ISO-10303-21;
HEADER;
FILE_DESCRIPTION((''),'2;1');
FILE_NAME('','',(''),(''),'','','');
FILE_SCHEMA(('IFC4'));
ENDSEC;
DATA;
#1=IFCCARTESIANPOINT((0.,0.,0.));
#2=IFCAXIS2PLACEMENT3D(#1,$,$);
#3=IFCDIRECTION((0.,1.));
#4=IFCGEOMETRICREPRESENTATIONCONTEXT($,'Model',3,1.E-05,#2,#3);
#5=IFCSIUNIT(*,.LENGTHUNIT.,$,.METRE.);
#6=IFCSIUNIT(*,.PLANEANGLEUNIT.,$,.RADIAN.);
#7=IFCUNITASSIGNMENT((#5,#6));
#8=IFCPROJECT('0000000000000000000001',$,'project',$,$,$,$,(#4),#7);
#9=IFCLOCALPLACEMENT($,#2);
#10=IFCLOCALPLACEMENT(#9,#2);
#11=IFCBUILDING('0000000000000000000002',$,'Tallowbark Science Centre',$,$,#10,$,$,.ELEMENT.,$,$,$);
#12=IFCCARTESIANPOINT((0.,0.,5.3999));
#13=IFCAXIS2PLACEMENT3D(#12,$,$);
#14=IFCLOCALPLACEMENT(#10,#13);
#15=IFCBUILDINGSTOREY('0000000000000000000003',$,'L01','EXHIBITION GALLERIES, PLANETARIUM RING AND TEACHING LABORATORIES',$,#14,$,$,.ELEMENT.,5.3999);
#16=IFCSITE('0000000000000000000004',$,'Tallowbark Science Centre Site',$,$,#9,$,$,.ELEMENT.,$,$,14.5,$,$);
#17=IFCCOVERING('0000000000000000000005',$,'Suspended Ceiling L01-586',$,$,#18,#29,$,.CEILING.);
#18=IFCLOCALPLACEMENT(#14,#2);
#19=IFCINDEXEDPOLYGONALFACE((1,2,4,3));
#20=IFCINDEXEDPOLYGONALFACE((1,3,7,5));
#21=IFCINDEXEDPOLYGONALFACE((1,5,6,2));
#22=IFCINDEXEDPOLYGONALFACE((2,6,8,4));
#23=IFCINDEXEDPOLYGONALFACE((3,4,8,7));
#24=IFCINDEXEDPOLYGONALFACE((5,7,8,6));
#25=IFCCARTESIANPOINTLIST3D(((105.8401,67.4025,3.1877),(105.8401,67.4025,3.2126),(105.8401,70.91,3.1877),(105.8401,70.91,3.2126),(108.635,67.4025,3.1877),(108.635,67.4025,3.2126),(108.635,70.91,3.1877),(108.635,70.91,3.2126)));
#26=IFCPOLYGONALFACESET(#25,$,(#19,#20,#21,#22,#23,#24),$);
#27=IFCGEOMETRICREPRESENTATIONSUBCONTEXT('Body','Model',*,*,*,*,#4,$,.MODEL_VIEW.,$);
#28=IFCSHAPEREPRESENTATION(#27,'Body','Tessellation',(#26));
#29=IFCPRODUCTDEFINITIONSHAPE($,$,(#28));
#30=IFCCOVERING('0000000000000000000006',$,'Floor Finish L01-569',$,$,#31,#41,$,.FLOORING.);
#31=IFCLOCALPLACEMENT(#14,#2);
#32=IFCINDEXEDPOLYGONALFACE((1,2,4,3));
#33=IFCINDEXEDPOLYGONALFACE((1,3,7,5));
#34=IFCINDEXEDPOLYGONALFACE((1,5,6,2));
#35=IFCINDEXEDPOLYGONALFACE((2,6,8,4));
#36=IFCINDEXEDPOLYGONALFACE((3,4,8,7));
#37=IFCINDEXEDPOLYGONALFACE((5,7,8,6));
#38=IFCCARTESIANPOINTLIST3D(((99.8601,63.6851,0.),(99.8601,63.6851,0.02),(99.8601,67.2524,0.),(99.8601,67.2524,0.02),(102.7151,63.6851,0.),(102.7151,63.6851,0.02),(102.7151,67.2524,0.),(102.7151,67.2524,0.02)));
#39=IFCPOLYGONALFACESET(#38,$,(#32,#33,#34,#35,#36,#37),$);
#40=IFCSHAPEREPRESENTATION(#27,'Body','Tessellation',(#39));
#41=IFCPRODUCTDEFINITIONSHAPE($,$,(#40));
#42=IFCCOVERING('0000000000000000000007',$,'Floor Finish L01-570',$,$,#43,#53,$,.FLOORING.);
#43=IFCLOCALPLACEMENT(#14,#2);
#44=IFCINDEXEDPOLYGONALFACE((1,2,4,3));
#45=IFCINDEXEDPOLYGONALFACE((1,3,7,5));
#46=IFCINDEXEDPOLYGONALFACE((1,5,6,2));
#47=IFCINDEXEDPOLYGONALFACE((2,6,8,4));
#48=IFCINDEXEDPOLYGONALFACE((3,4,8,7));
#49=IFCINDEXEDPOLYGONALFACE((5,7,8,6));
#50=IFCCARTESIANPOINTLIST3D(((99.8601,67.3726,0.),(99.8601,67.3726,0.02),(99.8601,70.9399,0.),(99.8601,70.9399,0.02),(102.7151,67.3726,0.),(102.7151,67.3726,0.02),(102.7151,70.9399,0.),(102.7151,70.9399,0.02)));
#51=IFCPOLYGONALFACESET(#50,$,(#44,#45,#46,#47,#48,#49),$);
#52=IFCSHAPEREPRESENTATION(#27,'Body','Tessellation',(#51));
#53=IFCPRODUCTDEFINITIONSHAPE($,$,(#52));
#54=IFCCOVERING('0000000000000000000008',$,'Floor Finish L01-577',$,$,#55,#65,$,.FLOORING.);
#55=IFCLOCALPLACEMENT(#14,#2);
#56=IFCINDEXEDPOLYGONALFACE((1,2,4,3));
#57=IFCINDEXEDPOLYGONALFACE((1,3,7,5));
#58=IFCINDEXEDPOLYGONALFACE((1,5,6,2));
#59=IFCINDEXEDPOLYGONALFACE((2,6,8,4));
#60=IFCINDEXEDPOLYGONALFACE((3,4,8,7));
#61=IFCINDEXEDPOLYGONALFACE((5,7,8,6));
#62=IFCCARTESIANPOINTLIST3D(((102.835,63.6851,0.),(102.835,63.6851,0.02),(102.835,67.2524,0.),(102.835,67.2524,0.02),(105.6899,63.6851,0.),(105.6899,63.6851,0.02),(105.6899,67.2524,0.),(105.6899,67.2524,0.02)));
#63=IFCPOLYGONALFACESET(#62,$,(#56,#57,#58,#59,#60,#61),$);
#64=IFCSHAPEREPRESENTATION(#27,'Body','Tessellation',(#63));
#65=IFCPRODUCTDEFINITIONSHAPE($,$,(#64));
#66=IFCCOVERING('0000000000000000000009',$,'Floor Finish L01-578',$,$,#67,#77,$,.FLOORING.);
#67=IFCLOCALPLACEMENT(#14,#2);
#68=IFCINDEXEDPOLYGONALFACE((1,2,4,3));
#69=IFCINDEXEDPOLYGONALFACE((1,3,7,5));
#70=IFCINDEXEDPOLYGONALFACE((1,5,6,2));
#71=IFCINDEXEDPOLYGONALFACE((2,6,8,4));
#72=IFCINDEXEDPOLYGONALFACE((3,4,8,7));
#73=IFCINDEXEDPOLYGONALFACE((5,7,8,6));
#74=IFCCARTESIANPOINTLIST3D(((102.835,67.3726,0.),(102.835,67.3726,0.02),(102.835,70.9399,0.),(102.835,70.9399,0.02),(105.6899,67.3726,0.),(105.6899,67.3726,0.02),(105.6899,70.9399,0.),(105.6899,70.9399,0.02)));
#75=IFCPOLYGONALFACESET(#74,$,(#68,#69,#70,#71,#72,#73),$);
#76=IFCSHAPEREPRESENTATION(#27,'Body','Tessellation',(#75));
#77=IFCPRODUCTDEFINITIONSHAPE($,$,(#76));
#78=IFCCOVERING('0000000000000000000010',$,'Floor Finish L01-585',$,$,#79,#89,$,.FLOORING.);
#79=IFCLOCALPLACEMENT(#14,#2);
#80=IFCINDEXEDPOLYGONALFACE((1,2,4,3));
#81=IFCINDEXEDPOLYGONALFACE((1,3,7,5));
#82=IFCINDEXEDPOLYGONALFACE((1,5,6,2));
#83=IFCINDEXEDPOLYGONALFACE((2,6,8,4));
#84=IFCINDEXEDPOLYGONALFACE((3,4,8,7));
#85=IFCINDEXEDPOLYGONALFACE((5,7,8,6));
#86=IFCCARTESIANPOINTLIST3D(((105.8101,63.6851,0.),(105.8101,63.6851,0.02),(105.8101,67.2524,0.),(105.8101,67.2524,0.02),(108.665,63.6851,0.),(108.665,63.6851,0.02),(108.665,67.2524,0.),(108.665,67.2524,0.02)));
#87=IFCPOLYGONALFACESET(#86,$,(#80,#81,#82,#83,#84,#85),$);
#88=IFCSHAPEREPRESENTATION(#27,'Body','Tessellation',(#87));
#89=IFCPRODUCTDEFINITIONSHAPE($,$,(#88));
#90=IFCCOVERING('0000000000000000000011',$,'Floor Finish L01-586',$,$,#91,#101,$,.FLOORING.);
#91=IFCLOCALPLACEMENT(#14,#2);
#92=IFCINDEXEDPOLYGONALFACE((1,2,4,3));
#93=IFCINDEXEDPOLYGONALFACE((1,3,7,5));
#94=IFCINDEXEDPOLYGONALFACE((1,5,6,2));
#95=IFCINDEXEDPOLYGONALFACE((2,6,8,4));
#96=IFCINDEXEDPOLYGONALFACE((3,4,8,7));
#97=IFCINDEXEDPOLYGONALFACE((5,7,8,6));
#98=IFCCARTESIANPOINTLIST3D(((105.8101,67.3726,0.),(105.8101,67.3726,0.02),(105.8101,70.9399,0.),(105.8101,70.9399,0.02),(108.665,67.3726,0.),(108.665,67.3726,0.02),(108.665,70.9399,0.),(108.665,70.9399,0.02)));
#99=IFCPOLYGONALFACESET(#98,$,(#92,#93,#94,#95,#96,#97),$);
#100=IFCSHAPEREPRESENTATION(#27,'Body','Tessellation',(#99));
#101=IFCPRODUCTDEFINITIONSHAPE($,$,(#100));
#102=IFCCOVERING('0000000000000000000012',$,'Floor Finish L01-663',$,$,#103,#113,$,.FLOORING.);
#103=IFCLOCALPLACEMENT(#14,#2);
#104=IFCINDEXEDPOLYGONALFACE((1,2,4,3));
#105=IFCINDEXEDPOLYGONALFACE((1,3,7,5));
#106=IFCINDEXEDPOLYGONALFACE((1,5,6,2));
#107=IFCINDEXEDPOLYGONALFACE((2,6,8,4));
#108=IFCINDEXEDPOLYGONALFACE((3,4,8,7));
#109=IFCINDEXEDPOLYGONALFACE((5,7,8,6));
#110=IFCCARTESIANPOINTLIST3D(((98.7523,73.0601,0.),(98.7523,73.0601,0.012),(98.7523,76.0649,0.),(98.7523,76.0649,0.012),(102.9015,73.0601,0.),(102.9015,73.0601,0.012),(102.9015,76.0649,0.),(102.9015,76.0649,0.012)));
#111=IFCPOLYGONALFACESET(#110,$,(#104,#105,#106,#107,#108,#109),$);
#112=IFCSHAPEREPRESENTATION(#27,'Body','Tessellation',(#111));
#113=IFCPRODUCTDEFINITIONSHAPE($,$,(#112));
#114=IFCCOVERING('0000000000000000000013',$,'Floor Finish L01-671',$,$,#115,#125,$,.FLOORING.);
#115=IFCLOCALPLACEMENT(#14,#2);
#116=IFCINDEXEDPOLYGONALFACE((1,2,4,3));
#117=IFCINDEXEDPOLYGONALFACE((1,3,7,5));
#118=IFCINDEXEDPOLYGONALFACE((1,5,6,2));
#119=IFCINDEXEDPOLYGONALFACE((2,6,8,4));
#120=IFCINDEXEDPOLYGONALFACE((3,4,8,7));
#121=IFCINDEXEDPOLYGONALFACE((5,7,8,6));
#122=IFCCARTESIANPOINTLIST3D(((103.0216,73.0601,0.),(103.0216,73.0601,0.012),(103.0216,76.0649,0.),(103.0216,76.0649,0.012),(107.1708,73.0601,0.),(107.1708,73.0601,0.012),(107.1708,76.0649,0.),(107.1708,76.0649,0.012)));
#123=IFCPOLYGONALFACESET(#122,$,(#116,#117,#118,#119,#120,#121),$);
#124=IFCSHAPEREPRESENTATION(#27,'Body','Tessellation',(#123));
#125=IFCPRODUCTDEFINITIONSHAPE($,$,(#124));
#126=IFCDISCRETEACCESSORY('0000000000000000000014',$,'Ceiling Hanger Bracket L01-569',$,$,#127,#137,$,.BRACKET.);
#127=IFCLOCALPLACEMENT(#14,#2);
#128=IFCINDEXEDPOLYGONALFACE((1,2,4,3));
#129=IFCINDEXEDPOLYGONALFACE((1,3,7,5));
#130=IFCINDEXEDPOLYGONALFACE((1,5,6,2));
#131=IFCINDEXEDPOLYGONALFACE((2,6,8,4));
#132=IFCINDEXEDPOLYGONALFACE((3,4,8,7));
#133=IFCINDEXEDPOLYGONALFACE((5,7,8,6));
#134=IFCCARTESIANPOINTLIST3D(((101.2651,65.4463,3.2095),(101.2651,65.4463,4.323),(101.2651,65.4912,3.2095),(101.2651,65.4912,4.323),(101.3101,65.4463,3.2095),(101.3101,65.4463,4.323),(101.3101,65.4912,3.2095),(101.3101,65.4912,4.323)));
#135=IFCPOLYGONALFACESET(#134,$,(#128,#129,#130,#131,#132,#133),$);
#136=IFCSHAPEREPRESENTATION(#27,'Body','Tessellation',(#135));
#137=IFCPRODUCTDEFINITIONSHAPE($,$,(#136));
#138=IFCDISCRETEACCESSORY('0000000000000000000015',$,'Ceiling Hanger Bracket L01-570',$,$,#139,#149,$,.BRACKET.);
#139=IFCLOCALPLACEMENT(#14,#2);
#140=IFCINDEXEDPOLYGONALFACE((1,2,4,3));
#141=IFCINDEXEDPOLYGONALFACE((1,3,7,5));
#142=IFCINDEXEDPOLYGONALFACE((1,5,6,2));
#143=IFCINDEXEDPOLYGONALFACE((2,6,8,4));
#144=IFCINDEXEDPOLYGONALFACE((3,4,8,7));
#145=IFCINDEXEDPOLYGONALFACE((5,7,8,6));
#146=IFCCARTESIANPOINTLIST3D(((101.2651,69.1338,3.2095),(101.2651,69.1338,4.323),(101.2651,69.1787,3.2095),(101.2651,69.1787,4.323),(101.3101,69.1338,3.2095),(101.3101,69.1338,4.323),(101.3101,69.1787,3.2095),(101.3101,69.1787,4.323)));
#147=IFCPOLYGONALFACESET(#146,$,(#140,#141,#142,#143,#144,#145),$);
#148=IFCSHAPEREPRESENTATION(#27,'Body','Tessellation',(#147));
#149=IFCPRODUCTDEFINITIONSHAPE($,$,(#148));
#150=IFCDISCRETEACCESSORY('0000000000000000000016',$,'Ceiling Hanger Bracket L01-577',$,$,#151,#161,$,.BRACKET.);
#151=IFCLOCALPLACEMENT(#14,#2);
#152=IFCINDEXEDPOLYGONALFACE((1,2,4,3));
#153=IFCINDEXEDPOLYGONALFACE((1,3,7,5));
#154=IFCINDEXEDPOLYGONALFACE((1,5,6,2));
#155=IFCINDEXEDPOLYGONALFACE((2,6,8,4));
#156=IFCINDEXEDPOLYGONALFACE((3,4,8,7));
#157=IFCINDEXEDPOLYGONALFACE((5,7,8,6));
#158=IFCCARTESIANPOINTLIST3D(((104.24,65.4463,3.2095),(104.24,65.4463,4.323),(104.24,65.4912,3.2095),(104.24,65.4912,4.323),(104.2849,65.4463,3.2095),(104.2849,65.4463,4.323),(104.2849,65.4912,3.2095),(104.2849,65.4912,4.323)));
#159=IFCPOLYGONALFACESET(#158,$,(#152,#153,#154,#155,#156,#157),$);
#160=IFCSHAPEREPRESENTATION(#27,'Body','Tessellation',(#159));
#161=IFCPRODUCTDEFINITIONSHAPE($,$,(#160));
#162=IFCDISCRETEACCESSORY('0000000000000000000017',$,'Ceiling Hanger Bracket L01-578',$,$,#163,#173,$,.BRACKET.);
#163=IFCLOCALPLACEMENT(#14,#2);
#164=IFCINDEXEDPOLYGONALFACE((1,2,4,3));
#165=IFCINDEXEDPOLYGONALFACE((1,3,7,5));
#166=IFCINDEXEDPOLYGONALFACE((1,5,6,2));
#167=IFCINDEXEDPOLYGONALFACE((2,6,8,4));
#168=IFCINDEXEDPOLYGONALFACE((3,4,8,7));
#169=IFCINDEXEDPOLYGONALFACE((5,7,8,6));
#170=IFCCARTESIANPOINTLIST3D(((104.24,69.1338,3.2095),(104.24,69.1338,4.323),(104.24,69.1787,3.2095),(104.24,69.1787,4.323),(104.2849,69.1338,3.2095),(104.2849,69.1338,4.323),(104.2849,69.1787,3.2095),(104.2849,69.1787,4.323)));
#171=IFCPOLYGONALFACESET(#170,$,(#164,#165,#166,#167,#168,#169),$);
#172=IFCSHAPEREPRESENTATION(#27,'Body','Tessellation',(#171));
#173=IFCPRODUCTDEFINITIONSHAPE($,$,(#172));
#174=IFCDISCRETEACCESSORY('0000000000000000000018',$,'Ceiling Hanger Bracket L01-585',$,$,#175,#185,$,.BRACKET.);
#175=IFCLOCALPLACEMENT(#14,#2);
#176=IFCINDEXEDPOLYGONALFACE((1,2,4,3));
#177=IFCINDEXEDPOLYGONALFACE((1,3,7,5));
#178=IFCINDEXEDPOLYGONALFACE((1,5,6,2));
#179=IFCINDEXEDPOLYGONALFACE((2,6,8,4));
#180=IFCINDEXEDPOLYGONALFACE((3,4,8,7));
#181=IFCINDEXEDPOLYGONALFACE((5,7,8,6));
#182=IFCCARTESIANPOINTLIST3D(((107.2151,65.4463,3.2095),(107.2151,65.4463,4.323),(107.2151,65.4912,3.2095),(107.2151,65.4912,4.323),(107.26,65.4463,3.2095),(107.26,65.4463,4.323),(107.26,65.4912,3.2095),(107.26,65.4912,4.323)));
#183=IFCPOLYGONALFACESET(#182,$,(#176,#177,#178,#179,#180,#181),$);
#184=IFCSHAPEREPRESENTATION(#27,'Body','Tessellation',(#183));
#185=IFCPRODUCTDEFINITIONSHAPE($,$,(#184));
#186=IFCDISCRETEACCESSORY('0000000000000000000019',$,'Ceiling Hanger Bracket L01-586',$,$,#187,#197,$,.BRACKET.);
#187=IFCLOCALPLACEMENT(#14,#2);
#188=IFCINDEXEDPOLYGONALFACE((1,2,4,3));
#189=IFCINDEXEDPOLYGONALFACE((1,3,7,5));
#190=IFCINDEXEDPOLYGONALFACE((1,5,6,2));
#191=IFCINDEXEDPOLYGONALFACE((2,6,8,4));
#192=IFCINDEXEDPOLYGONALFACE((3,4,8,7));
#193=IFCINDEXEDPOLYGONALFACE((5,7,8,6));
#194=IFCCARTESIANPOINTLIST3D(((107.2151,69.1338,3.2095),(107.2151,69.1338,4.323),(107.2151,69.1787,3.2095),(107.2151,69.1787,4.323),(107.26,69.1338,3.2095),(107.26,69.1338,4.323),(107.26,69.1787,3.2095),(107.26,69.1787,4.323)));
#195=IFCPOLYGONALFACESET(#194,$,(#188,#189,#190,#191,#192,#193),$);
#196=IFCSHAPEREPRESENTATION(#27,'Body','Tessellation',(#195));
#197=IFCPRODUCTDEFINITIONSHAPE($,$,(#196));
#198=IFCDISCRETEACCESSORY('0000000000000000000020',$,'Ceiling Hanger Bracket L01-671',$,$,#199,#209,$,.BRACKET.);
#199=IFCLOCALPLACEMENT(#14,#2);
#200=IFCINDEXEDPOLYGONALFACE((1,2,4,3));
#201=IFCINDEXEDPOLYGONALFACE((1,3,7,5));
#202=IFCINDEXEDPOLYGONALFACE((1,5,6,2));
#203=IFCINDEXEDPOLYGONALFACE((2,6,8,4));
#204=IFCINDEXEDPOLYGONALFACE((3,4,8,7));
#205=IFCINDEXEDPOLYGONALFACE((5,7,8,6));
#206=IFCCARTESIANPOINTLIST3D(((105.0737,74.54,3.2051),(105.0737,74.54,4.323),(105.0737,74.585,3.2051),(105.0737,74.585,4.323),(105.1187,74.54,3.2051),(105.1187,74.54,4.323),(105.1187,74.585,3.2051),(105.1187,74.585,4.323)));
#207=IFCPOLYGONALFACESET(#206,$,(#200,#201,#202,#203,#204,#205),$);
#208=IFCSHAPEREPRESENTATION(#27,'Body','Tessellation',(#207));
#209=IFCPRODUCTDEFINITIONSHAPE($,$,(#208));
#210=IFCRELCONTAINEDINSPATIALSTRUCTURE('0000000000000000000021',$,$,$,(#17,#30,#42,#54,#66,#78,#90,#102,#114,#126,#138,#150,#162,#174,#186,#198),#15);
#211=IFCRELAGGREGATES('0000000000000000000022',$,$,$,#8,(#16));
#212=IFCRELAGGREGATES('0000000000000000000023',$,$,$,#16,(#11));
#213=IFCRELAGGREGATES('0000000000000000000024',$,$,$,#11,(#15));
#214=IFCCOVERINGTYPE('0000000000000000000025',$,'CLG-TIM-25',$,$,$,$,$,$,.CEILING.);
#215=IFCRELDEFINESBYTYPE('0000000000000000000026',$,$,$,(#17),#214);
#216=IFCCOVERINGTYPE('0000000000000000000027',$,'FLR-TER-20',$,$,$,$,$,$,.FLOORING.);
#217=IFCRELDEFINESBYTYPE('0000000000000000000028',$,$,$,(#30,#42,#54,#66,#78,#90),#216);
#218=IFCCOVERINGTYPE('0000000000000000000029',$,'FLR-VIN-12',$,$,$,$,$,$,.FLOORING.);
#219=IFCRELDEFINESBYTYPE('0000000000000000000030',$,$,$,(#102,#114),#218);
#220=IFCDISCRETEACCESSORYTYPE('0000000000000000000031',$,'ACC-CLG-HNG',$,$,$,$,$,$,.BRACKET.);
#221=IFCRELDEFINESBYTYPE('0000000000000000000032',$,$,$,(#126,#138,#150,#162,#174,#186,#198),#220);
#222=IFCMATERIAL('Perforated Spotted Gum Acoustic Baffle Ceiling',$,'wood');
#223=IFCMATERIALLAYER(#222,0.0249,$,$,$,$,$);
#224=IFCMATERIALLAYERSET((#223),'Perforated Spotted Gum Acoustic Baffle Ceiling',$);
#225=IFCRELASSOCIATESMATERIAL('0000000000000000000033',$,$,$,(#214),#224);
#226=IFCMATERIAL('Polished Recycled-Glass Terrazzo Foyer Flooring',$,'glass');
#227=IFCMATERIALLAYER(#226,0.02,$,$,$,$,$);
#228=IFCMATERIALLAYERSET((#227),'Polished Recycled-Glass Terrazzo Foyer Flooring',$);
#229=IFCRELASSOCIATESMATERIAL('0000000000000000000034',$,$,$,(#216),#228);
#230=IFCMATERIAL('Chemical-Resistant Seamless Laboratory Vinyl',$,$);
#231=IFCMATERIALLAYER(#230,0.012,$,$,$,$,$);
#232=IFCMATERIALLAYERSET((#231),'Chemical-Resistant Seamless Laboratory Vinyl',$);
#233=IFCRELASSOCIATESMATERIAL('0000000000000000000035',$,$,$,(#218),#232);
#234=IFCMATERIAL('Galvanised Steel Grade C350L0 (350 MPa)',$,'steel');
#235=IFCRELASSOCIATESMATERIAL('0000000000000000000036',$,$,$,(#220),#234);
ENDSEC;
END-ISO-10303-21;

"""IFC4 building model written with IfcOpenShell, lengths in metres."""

from ifc_helpers import new_model, si_unit, direction, frame, origin, origin_2d, place, context, subcontext, project, spatial, rectangle, extrude, material, layer, layer_set, type_object, element, save


model = new_model("IFC4")

# Units and contexts
model_context = context("Model", 3, precision=1e-05, world=origin(), true_north=direction((0.0, 1.0)))
body_context = subcontext(model_context, "Body", "Model", "MODEL_VIEW")
ifc_project = project(units=[si_unit("LENGTHUNIT", "METRE"), si_unit("PLANEANGLEUNIT", "RADIAN")], contexts=[model_context])

# Site, building, storey
site_placement = place(None, origin())
site = spatial("IfcSite", under=ifc_project, at=site_placement, Name="Tallowbark Science Centre Site", CompositionType="ELEMENT", RefElevation=14.5)
building_placement = place(site_placement, origin())
building = spatial("IfcBuilding", under=site, at=building_placement, Name="Tallowbark Science Centre", CompositionType="ELEMENT")
storey_placement = place(building_placement, frame((0.0, 0.0, 5.3999)))
storey = spatial("IfcBuildingStorey", under=building, at=storey_placement, Name="L01", Description="EXHIBITION GALLERIES, PLANETARIUM RING AND TEACHING LABORATORIES", CompositionType="ELEMENT", Elevation=5.3999)

# Coverings
ifc_material_1 = material(Name="Perforated Spotted Gum Acoustic Baffle Ceiling", Category="wood")
ifc_layer_1 = layer(ifc_material_1, 0.0249)
ifc_layer_set_1 = layer_set([ifc_layer_1], Name="Perforated Spotted Gum Acoustic Baffle Ceiling")
covering_type_1 = type_object("IfcCoveringType", Name="CLG-TIM-25", PredefinedType="CEILING", material=ifc_layer_set_1)
for number, where, z_axis, x_axis, name in (
    (1, (107.2375, 69.1562, 3.1877), (0.0, 0.0, 1.0), (1.0, 0.0, 0.0), "Suspended Ceiling L01-586"),
):
    element("IfcCovering", number, at=place(storey_placement, frame(where, z_axis=z_axis, x_axis=x_axis)), inside=storey, type_object=covering_type_1, Name=name, PredefinedType="CEILING", context=body_context, shape_type="SweptSolid", body=[
        extrude(rectangle(XDim=2.7949, YDim=3.5076, at=origin_2d()), origin(), (0.0, 0.0, 1.0), 0.0249),
    ])
ifc_material_2 = material(Name="Polished Recycled-Glass Terrazzo Foyer Flooring", Category="glass")
ifc_layer_2 = layer(ifc_material_2, 0.02)
ifc_layer_set_2 = layer_set([ifc_layer_2], Name="Polished Recycled-Glass Terrazzo Foyer Flooring")
covering_type_2 = type_object("IfcCoveringType", Name="FLR-TER-20", PredefinedType="FLOORING", material=ifc_layer_set_2)
for number, where, z_axis, x_axis, name in (
    (2, (101.2876, 65.4688, 0.0), (0.0, 0.0, 1.0), (1.0, 0.0, 0.0), "Floor Finish L01-569"),
    (3, (101.2876, 69.1562, 0.0), (0.0, 0.0, 1.0), (1.0, 0.0, 0.0), "Floor Finish L01-570"),
    (4, (104.2625, 65.4688, 0.0), (0.0, 0.0, 1.0), (1.0, 0.0, 0.0), "Floor Finish L01-577"),
    (5, (104.2625, 69.1562, 0.0), (0.0, 0.0, 1.0), (1.0, 0.0, 0.0), "Floor Finish L01-578"),
    (6, (107.2375, 65.4688, 0.0), (0.0, 0.0, 1.0), (1.0, 0.0, 0.0), "Floor Finish L01-585"),
    (7, (107.2375, 69.1562, 0.0), (0.0, 0.0, 1.0), (1.0, 0.0, 0.0), "Floor Finish L01-586"),
):
    element("IfcCovering", number, at=place(storey_placement, frame(where, z_axis=z_axis, x_axis=x_axis)), inside=storey, type_object=covering_type_2, Name=name, PredefinedType="FLOORING", context=body_context, shape_type="SweptSolid", body=[
        extrude(rectangle(XDim=2.855, YDim=3.5674, at=origin_2d()), origin(), (0.0, 0.0, 1.0), 0.02),
    ])
ifc_material_3 = material(Name="Chemical-Resistant Seamless Laboratory Vinyl")
ifc_layer_3 = layer(ifc_material_3, 0.012)
ifc_layer_set_3 = layer_set([ifc_layer_3], Name="Chemical-Resistant Seamless Laboratory Vinyl")
covering_type_3 = type_object("IfcCoveringType", Name="FLR-VIN-12", PredefinedType="FLOORING", material=ifc_layer_set_3)
for number, where, z_axis, x_axis, name in (
    (8, (100.8269, 74.5625, 0.0), (0.0, 0.0, 1.0), (1.0, 0.0, 0.0), "Floor Finish L01-663"),
    (9, (105.0962, 74.5625, 0.0), (0.0, 0.0, 1.0), (1.0, 0.0, 0.0), "Floor Finish L01-671"),
):
    element("IfcCovering", number, at=place(storey_placement, frame(where, z_axis=z_axis, x_axis=x_axis)), inside=storey, type_object=covering_type_3, Name=name, PredefinedType="FLOORING", context=body_context, shape_type="SweptSolid", body=[
        extrude(rectangle(XDim=4.1492, YDim=3.0049, at=origin_2d()), origin(), (0.0, 0.0, 1.0), 0.012),
    ])

# Discrete accessories
ifc_material_4 = material(Name="Galvanised Steel Grade C350L0 (350 MPa)", Category="steel")
discrete_accessory_type = type_object("IfcDiscreteAccessoryType", Name="ACC-CLG-HNG", PredefinedType="BRACKET", material=ifc_material_4)
for number, where, z_axis, x_axis, name in (
    (10, (101.2876, 65.4688, 3.2095), (0.0, 0.0, 1.0), (1.0, 0.0, 0.0), "Ceiling Hanger Bracket L01-569"),
    (11, (101.2876, 69.1562, 3.2095), (0.0, 0.0, 1.0), (1.0, 0.0, 0.0), "Ceiling Hanger Bracket L01-570"),
    (12, (104.2625, 65.4688, 3.2095), (0.0, 0.0, 1.0), (1.0, 0.0, 0.0), "Ceiling Hanger Bracket L01-577"),
    (13, (104.2625, 69.1562, 3.2095), (0.0, 0.0, 1.0), (1.0, 0.0, 0.0), "Ceiling Hanger Bracket L01-578"),
    (14, (107.2375, 65.4688, 3.2095), (0.0, 0.0, 1.0), (1.0, 0.0, 0.0), "Ceiling Hanger Bracket L01-585"),
    (15, (107.2375, 69.1562, 3.2095), (0.0, 0.0, 1.0), (1.0, 0.0, 0.0), "Ceiling Hanger Bracket L01-586"),
):
    element("IfcDiscreteAccessory", number, at=place(storey_placement, frame(where, z_axis=z_axis, x_axis=x_axis)), inside=storey, type_object=discrete_accessory_type, Name=name, PredefinedType="BRACKET", context=body_context, shape_type="SweptSolid", body=[
        extrude(rectangle(XDim=0.0449, YDim=0.0449, at=origin_2d()), origin(), (0.0, 0.0, 1.0), 1.1135),
    ])
discrete_accessory_placement = place(storey_placement, frame((105.0962, 74.5625, 3.2051), z_axis=(0.0, 0.0, 1.0), x_axis=(1.0, 0.0, 0.0)))
element("IfcDiscreteAccessory", 16, at=discrete_accessory_placement, inside=storey, type_object=discrete_accessory_type, Name="Ceiling Hanger Bracket L01-671", PredefinedType="BRACKET", context=body_context, shape_type="SweptSolid", body=[
    extrude(rectangle(XDim=0.0449, YDim=0.0449, at=origin_2d()), origin(), (0.0, 0.0, 1.0), 1.1179),
])

save(model, "model.ifc")
